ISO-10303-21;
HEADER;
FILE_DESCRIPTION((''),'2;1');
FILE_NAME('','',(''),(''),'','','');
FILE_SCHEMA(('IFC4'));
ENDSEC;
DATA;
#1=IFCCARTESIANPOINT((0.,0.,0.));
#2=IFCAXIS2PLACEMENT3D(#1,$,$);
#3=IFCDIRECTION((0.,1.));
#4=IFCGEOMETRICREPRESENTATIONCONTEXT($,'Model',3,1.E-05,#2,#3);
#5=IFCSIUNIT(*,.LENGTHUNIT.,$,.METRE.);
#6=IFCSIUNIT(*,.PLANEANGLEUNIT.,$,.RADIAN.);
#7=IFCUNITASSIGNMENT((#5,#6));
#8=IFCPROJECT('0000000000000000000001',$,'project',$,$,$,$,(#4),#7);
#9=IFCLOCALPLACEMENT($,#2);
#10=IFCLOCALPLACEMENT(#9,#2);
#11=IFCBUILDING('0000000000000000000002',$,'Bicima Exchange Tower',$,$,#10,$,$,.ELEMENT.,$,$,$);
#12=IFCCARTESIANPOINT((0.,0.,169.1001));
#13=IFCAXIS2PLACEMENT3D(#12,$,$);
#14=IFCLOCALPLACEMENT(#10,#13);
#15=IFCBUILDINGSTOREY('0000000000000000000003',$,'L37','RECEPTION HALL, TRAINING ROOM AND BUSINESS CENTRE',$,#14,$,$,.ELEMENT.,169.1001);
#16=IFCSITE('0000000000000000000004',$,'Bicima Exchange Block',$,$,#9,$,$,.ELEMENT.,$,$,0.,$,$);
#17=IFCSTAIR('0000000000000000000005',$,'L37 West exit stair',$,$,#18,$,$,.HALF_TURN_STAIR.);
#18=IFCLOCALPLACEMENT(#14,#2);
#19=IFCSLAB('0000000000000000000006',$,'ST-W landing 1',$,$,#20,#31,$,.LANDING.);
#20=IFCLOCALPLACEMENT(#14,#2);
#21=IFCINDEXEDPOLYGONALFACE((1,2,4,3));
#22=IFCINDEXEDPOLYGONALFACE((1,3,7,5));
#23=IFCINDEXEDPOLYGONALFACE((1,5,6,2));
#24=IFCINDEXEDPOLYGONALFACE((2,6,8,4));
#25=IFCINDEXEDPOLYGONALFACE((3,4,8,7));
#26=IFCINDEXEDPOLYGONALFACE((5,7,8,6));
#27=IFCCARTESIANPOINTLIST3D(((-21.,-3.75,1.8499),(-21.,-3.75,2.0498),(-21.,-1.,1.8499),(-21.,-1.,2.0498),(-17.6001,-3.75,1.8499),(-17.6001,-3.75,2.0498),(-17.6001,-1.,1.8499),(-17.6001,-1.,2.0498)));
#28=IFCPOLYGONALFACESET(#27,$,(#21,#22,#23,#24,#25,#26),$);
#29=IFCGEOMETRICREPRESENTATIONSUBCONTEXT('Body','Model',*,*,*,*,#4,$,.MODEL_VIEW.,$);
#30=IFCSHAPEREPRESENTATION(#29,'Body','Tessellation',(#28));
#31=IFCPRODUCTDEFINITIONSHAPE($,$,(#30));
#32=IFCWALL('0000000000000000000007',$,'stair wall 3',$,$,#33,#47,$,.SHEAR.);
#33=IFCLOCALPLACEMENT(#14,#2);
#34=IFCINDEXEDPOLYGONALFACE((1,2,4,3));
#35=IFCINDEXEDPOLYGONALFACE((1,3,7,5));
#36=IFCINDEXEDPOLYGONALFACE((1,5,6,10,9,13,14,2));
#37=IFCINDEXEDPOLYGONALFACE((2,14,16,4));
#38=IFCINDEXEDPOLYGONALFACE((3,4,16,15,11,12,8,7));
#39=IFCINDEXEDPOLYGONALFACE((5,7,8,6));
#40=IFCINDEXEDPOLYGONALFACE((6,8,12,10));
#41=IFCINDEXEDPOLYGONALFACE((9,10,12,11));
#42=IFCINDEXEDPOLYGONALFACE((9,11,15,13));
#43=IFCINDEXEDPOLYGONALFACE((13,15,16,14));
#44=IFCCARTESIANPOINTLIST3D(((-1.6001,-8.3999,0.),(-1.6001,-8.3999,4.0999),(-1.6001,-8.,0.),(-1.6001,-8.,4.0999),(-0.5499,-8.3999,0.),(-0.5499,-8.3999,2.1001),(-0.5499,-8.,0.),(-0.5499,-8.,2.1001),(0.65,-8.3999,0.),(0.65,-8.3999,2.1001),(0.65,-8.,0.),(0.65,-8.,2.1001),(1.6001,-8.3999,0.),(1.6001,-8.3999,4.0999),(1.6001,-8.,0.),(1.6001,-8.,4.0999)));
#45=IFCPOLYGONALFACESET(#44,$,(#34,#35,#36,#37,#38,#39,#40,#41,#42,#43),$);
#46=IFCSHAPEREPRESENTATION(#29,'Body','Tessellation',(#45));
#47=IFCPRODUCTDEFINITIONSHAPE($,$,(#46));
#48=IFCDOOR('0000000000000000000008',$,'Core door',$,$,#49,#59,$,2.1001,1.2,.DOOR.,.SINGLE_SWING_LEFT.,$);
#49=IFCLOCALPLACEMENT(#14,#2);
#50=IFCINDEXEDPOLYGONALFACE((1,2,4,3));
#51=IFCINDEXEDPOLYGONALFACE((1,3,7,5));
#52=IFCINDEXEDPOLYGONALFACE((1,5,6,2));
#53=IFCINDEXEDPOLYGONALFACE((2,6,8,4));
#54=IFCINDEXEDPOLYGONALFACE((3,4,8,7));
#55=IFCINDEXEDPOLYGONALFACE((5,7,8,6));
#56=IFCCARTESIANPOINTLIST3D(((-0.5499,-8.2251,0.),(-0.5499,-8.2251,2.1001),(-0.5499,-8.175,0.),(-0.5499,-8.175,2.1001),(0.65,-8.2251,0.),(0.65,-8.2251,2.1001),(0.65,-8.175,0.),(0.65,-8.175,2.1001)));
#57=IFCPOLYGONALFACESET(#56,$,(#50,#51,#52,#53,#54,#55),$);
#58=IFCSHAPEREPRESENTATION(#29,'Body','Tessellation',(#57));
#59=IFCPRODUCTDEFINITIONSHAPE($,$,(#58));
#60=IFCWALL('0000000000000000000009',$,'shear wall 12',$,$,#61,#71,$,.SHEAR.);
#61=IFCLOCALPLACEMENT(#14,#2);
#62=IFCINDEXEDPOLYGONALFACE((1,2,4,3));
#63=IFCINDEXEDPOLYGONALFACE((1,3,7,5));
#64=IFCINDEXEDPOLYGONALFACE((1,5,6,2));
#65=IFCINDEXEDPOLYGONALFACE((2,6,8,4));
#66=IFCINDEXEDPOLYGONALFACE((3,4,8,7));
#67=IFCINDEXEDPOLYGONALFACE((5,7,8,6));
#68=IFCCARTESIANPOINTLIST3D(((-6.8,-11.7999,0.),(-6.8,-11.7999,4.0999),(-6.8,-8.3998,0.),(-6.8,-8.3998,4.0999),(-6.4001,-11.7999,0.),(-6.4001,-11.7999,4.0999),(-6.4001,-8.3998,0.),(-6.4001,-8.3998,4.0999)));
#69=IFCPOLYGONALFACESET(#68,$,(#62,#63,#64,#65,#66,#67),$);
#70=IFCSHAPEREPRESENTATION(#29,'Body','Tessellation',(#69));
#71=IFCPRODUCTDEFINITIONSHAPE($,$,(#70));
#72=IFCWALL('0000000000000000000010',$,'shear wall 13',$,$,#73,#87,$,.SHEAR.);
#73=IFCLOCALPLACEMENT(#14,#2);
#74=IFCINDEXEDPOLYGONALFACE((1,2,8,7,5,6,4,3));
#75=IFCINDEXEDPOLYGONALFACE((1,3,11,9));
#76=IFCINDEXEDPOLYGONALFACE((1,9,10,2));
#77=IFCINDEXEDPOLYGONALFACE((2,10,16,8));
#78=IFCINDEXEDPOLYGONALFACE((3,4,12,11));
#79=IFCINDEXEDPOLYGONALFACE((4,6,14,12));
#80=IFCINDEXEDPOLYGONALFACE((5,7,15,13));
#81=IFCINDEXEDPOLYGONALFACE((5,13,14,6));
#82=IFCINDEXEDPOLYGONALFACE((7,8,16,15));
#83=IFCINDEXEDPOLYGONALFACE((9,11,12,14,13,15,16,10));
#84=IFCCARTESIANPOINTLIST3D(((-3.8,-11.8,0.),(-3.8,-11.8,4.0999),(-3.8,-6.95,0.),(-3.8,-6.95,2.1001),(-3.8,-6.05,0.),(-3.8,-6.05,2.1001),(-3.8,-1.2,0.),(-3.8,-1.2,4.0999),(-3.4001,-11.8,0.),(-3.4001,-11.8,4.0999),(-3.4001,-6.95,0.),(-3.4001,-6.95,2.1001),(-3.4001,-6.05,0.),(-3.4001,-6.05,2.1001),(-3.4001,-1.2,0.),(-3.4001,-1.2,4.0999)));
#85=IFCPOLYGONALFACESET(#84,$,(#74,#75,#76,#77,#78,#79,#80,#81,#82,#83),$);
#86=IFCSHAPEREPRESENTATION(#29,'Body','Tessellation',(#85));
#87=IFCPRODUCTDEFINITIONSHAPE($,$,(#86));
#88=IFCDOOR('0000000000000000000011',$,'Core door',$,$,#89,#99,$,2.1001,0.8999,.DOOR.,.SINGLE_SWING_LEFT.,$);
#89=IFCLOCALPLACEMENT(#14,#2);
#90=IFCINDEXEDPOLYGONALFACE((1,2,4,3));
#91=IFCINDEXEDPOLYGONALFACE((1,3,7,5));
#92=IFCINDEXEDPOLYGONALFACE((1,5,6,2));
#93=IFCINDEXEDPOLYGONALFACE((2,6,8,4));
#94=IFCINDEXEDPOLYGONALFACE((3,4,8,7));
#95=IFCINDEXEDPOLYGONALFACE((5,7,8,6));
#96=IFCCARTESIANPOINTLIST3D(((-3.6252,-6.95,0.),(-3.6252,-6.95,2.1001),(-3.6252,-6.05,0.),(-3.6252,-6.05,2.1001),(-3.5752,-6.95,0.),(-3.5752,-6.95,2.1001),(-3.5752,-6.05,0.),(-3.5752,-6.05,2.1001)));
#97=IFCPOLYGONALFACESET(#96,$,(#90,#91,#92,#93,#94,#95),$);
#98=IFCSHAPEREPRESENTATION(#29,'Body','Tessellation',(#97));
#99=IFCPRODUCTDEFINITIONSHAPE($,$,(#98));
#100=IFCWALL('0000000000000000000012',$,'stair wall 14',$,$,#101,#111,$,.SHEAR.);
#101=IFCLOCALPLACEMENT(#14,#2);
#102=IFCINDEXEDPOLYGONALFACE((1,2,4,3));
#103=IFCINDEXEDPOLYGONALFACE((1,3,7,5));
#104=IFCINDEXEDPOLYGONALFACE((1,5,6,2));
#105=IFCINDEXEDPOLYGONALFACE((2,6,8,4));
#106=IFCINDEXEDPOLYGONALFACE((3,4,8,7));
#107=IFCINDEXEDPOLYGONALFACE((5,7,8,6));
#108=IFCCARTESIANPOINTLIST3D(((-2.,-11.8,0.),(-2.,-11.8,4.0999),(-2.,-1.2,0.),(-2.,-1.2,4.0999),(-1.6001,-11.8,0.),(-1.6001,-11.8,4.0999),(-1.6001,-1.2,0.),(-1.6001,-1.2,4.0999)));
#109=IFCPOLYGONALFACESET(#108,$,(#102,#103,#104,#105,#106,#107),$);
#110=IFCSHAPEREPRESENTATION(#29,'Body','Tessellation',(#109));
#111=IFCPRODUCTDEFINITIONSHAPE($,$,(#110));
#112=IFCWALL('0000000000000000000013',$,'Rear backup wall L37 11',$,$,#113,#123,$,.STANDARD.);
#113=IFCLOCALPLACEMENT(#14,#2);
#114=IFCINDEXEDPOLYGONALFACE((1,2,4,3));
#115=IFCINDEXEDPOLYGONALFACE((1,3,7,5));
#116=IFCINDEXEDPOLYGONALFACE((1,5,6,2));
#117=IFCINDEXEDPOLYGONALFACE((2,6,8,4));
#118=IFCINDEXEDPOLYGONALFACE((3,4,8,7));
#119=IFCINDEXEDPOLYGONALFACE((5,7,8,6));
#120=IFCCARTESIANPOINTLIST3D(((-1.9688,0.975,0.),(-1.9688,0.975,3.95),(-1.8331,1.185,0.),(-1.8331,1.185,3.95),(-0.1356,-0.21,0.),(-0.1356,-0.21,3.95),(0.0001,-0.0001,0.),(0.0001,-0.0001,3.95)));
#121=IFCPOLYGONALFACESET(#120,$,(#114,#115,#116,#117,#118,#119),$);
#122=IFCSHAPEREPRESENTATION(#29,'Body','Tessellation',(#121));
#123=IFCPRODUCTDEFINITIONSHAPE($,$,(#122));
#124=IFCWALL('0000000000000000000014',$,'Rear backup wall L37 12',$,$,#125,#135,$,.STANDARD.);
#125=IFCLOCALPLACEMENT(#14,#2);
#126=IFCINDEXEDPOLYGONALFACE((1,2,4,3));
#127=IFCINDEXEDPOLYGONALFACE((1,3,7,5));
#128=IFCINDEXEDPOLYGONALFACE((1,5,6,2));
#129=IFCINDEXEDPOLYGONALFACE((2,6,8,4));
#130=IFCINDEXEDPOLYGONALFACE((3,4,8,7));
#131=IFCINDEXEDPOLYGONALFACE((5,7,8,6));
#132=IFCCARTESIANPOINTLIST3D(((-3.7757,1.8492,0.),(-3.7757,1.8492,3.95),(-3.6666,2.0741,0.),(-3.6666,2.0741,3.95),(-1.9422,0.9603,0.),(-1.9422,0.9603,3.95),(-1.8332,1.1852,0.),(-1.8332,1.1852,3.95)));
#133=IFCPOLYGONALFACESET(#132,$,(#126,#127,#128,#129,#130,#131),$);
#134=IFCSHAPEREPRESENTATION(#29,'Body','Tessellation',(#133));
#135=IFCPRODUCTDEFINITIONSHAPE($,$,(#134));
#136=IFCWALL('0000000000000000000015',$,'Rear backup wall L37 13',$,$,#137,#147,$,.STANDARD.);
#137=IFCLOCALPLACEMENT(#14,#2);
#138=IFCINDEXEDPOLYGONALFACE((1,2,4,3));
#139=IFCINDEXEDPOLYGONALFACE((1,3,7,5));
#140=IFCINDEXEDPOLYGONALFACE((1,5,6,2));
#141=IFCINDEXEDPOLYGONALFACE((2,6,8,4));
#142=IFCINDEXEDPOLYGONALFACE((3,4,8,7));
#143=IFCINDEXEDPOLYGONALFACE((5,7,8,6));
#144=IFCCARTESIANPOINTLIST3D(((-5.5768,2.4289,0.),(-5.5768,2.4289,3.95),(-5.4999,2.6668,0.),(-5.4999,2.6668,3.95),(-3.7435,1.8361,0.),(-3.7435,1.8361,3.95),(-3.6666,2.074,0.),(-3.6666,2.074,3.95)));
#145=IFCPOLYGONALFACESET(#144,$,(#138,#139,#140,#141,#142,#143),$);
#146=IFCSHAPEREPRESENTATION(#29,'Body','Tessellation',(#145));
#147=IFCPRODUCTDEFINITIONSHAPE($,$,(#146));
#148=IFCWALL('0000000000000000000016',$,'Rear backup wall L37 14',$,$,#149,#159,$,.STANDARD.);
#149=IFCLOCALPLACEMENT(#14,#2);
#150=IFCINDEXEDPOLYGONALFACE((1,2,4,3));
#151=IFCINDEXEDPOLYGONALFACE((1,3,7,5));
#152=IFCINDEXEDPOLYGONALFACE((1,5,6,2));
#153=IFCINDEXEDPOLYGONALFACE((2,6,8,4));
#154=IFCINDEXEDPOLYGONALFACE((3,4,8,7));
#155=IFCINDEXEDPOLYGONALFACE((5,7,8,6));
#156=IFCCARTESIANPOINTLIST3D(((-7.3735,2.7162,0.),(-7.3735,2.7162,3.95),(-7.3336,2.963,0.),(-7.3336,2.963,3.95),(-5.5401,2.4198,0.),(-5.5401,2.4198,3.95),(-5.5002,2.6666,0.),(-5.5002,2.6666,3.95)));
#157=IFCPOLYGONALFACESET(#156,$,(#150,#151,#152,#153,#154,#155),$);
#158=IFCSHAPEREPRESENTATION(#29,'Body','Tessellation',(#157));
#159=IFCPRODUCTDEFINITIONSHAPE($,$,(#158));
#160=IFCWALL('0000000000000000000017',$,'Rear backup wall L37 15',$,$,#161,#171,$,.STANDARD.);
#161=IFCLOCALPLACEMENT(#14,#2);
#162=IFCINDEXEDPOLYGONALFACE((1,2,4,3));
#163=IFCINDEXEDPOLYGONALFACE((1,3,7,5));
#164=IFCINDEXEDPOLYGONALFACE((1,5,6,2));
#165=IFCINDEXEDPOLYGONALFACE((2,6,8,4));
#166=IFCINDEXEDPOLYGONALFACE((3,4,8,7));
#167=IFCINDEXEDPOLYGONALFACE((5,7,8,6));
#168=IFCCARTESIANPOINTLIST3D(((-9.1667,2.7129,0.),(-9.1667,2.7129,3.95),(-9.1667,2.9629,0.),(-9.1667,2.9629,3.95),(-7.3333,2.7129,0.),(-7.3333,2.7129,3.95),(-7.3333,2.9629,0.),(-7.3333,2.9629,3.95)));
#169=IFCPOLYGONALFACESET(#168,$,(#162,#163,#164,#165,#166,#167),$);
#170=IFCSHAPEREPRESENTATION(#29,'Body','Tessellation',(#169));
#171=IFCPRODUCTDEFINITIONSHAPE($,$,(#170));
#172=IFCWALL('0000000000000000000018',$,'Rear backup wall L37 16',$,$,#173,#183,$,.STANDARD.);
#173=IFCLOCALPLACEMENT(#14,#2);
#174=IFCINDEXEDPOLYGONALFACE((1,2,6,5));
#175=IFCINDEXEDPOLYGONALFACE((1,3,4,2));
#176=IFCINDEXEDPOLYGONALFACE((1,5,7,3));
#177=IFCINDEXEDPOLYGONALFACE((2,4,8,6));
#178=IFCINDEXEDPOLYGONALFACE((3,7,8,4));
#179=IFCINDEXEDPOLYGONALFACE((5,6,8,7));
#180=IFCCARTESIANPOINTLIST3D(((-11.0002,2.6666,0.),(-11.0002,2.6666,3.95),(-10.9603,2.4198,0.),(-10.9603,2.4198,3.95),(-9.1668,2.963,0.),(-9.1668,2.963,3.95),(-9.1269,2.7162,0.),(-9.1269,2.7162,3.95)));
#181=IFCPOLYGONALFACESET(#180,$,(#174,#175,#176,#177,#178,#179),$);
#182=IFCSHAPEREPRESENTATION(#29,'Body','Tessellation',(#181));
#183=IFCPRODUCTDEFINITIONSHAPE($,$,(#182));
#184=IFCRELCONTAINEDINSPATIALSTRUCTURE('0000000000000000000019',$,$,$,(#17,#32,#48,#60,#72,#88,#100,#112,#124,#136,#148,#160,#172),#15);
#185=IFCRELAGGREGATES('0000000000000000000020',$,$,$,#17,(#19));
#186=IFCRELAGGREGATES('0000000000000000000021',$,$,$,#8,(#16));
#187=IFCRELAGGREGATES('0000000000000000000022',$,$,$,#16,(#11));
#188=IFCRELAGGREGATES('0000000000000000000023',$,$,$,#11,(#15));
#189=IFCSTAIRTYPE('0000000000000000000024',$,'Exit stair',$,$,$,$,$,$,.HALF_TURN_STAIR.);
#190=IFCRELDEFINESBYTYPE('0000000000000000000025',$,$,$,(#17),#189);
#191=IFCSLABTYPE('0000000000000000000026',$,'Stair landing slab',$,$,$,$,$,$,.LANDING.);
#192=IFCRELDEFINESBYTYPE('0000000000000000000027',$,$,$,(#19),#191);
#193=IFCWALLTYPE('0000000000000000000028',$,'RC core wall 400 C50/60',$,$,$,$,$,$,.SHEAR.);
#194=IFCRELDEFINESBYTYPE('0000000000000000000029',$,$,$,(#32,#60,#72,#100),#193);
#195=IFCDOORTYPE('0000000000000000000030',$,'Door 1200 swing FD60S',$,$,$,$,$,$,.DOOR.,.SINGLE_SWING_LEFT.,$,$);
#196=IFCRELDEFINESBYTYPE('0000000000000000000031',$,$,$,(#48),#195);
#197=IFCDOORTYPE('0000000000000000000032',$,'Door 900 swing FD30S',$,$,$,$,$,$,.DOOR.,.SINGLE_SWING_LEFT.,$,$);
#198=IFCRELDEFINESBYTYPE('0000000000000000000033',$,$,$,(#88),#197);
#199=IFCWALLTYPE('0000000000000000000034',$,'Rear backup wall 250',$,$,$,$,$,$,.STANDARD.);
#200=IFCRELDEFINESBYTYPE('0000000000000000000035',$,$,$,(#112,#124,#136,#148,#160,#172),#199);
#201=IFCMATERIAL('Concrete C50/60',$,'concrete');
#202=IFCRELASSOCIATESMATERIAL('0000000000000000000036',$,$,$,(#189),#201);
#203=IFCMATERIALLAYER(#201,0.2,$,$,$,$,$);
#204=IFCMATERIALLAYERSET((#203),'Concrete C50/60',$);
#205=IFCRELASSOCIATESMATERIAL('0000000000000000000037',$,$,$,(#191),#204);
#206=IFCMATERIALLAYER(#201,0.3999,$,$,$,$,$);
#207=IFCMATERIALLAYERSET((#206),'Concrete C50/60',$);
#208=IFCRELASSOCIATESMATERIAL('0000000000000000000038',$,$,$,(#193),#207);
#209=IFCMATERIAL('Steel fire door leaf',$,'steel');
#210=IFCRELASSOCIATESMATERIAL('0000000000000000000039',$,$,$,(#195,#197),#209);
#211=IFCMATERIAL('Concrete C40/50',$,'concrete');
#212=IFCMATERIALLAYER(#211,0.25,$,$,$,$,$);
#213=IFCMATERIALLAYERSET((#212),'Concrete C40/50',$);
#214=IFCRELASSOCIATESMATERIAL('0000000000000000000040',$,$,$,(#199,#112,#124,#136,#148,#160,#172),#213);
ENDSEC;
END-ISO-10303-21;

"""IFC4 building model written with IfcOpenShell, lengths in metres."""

from ifc_helpers import new_model, si_unit, direction, frame, frame_2d, origin, place, context, subcontext, project, spatial, polyline, rectangle, outline, extrude, material, layer, layer_set, layer_usage, type_object, element, fill, aggregate, save


model = new_model("IFC4")

# Units and contexts
model_context = context("Model", 3, precision=1e-05, world=origin(), true_north=direction((0.0, 1.0)))
body_context = subcontext(model_context, "Body", "Model", "MODEL_VIEW")
ifc_project = project(units=[si_unit("LENGTHUNIT", "METRE"), si_unit("PLANEANGLEUNIT", "RADIAN")], contexts=[model_context])

# Site, building, storey
site_placement = place(None, origin())
site = spatial("IfcSite", under=ifc_project, at=site_placement, Name="Bicima Exchange Block", CompositionType="ELEMENT", RefElevation=0.0)
building_placement = place(site_placement, origin())
building = spatial("IfcBuilding", under=site, at=building_placement, Name="Bicima Exchange Tower", CompositionType="ELEMENT")
storey_placement = place(building_placement, frame((0.0, 0.0, 169.1001)))
storey = spatial("IfcBuildingStorey", under=building, at=storey_placement, Name="L37", Description="RECEPTION HALL, TRAINING ROOM AND BUSINESS CENTRE", CompositionType="ELEMENT", Elevation=169.1001)

# Shared definitions
ifc_material_1 = material(Name="Concrete C40/50", Category="concrete")

# Stair, slab
ifc_material_2 = material(Name="Concrete C50/60", Category="concrete")
stair_type_1 = type_object("IfcStairType", Name="Exit stair", PredefinedType="HALF_TURN_STAIR", material=ifc_material_2)
stair_1_placement = place(storey_placement, origin())
stair_1 = element("IfcStair", 1, at=stair_1_placement, inside=storey, type_object=stair_type_1, Name="L37 West exit stair", PredefinedType="HALF_TURN_STAIR")
ifc_layer_1 = layer(ifc_material_2, 0.2)
ifc_layer_set_1 = layer_set([ifc_layer_1], Name="Concrete C50/60")
slab_type_1 = type_object("IfcSlabType", Name="Stair landing slab", PredefinedType="LANDING", material=ifc_layer_set_1)
slab_1_placement = place(storey_placement, frame((0.0, 0.0, 1.8499)))
slab_1 = element("IfcSlab", 2, at=slab_1_placement, type_object=slab_type_1, Name="ST-W landing 1", PredefinedType="LANDING", context=body_context, shape_type="SweptSolid", body=[
    extrude(outline(polyline([(-17.6001, -3.75), (-17.6001, -1.0), (-21.0, -1.0), (-21.0, -3.75), (-17.6001, -3.75)])), origin(), (0.0, 0.0, 1.0), 0.2),
])
aggregate(stair_1, [slab_1])

# Wall, opening, door
ifc_layer_2 = layer(ifc_material_2, 0.3999)
ifc_layer_set_2 = layer_set([ifc_layer_2], Name="Concrete C50/60")
wall_type_1 = type_object("IfcWallType", Name="RC core wall 400 C50/60", PredefinedType="SHEAR", material=ifc_layer_set_2)
wall_1_placement = place(storey_placement, frame((-1.6001, -8.2, 0.0), z_axis=(0.0, 0.0, 1.0), x_axis=(1.0, 0.0, 0.0)))
wall_1 = element("IfcWall", 3, at=wall_1_placement, inside=storey, type_object=wall_type_1, Name="stair wall 3", PredefinedType="SHEAR", context=body_context, shape_type="SweptSolid", body=[
    extrude(rectangle(XDim=3.2002, YDim=0.3999, at=frame_2d((1.6001, 0.0))), origin(), (0.0, 0.0, 1.0), 4.0999),
])
opening_1_placement = place(wall_1_placement, frame((1.05, 0.0, 0.0)))
opening_1 = element("IfcOpeningElement", 4, at=opening_1_placement, cuts=wall_1, PredefinedType="OPENING", context=body_context, shape_type="SweptSolid", body=[
    extrude(rectangle(XDim=1.2, YDim=2.1001, at=frame_2d((0.6001, 1.05))), frame((0.0, 0.2119, 0.0), z_axis=(0.0, -1.0, 0.0), x_axis=(1.0, 0.0, 0.0)), (0.0, 0.0, 1.0), 0.4238),
])
ifc_material_3 = material(Name="Steel fire door leaf", Category="steel")
door_type_1 = type_object("IfcDoorType", Name="Door 1200 swing FD60S", OperationType="SINGLE_SWING_LEFT", PredefinedType="DOOR", material=ifc_material_3)
door_1_placement = place(opening_1_placement, origin())
door_1 = element("IfcDoor", 5, at=door_1_placement, inside=storey, type_object=door_type_1, Name="Core door", OperationType="SINGLE_SWING_LEFT", OverallHeight=2.1001, OverallWidth=1.2, PredefinedType="DOOR", context=body_context, shape_type="SweptSolid", body=[
    extrude(rectangle(XDim=1.2, YDim=2.1001, at=frame_2d((0.6001, 1.05))), frame((0.0, 0.0249, 0.0), z_axis=(0.0, -1.0, 0.0), x_axis=(1.0, 0.0, 0.0)), (0.0, 0.0, 1.0), 0.05),
])
fill(opening_1, door_1)

# Wall
wall_2_placement = place(storey_placement, frame((-6.6001, -11.8, 0.0), z_axis=(0.0, 0.0, 1.0), x_axis=(0.0, 1.0, 0.0)))
element("IfcWall", 6, at=wall_2_placement, inside=storey, type_object=wall_type_1, Name="shear wall 12", PredefinedType="SHEAR", context=body_context, shape_type="SweptSolid", body=[
    extrude(rectangle(XDim=3.4001, YDim=0.3999, at=frame_2d((1.7002, 0.0))), origin(), (0.0, 0.0, 1.0), 4.0999),
])

# Wall, opening, door
wall_3_placement = place(storey_placement, frame((-3.6001, -11.8, 0.0), z_axis=(0.0, 0.0, 1.0), x_axis=(0.0, 1.0, 0.0)))
wall_3 = element("IfcWall", 7, at=wall_3_placement, inside=storey, type_object=wall_type_1, Name="shear wall 13", PredefinedType="SHEAR", context=body_context, shape_type="SweptSolid", body=[
    extrude(rectangle(XDim=10.6001, YDim=0.3999, at=frame_2d((5.3, 0.0))), origin(), (0.0, 0.0, 1.0), 4.0999),
])
opening_2_placement = place(wall_3_placement, frame((4.8501, 0.0, 0.0)))
opening_2 = element("IfcOpeningElement", 8, at=opening_2_placement, cuts=wall_3, PredefinedType="OPENING", context=body_context, shape_type="SweptSolid", body=[
    extrude(rectangle(XDim=0.8999, YDim=2.1001, at=frame_2d((0.45, 1.05))), frame((0.0, 0.2119, 0.0), z_axis=(0.0, -1.0, 0.0), x_axis=(1.0, 0.0, 0.0)), (0.0, 0.0, 1.0), 0.4238),
])
door_type_2 = type_object("IfcDoorType", Name="Door 900 swing FD30S", OperationType="SINGLE_SWING_LEFT", PredefinedType="DOOR", material=ifc_material_3)
door_2_placement = place(opening_2_placement, frame((0.8999, 0.0, 0.0), z_axis=(0.0, 0.0, 1.0), x_axis=(-1.0, 0.0, 0.0)))
door_2 = element("IfcDoor", 9, at=door_2_placement, inside=storey, type_object=door_type_2, Name="Core door", OperationType="SINGLE_SWING_LEFT", OverallHeight=2.1001, OverallWidth=0.8999, PredefinedType="DOOR", context=body_context, shape_type="SweptSolid", body=[
    extrude(rectangle(XDim=0.8999, YDim=2.1001, at=frame_2d((0.45, 1.05))), frame((0.0, 0.0249, 0.0), z_axis=(0.0, -1.0, 0.0), x_axis=(1.0, 0.0, 0.0)), (0.0, 0.0, 1.0), 0.05),
])
fill(opening_2, door_2)

# Walls
wall_4_placement = place(storey_placement, frame((-1.8, -11.8, 0.0), z_axis=(0.0, 0.0, 1.0), x_axis=(0.0, 1.0, 0.0)))
element("IfcWall", 10, at=wall_4_placement, inside=storey, type_object=wall_type_1, Name="stair wall 14", PredefinedType="SHEAR", context=body_context, shape_type="SweptSolid", body=[
    extrude(rectangle(XDim=10.6001, YDim=0.3999, at=frame_2d((5.3, 0.0))), origin(), (0.0, 0.0, 1.0), 4.0999),
])
ifc_layer_3 = layer(ifc_material_1, 0.25)
ifc_layer_set_3 = layer_set([ifc_layer_3], Name="Concrete C40/50")
ifc_layer_usage = layer_usage(ifc_layer_set_3, "AXIS2", "POSITIVE", -0.125)
wall_type_2 = type_object("IfcWallType", Name="Rear backup wall 250", PredefinedType="STANDARD", material=ifc_layer_set_3)
wall_5_placement = place(storey_placement, frame((-0.0679, -0.105, 0.0), z_axis=(0.0, 0.0, 1.0), x_axis=(-0.839813, 0.542876, 0.0)))
element("IfcWall", 11, at=wall_5_placement, inside=storey, type_object=wall_type_2, material=ifc_layer_usage, Name="Rear backup wall L37 11", PredefinedType="STANDARD", context=body_context, shape_type="SweptSolid", body=[
    extrude(rectangle(XDim=2.1829, YDim=0.25, at=frame_2d((1.0913, 0.0))), origin(), (0.0, 0.0, 1.0), 3.95),
])
wall_6_placement = place(storey_placement, frame((-1.8877, 1.0728, 0.0), z_axis=(0.0, 0.0, 1.0), x_axis=(-0.899824, 0.436253, 0.0)))
element("IfcWall", 12, at=wall_6_placement, inside=storey, type_object=wall_type_2, material=ifc_layer_usage, Name="Rear backup wall L37 12", PredefinedType="STANDARD", context=body_context, shape_type="SweptSolid", body=[
    extrude(rectangle(XDim=2.0376, YDim=0.25, at=frame_2d((1.0188, 0.0))), origin(), (0.0, 0.0, 1.0), 3.95),
])
wall_7_placement = place(storey_placement, frame((-3.7051, 1.9551, 0.0), z_axis=(0.0, 0.0, 1.0), x_axis=(-0.951496, 0.307662, 0.0)))
element("IfcWall", 13, at=wall_7_placement, inside=storey, type_object=wall_type_2, material=ifc_layer_usage, Name="Rear backup wall L37 13", PredefinedType="STANDARD", context=body_context, shape_type="SweptSolid", body=[
    extrude(rectangle(XDim=1.9268, YDim=0.25, at=frame_2d((0.9634, 0.0))), origin(), (0.0, 0.0, 1.0), 3.95),
])
wall_8_placement = place(storey_placement, frame((-5.52, 2.5432, 0.0), z_axis=(0.0, 0.0, 1.0), x_axis=(-0.987182, 0.1596, 0.0)))
element("IfcWall", 14, at=wall_8_placement, inside=storey, type_object=wall_type_2, material=ifc_layer_usage, Name="Rear backup wall L37 14", PredefinedType="STANDARD", context=body_context, shape_type="SweptSolid", body=[
    extrude(rectangle(XDim=1.8572, YDim=0.25, at=frame_2d((0.9287, 0.0))), origin(), (0.0, 0.0, 1.0), 3.95),
])
wall_9_placement = place(storey_placement, frame((-7.3333, 2.8379, 0.0), z_axis=(0.0, 0.0, 1.0), x_axis=(-1.0, 0.0, 0.0)))
element("IfcWall", 15, at=wall_9_placement, inside=storey, type_object=wall_type_2, material=ifc_layer_usage, Name="Rear backup wall L37 15", PredefinedType="STANDARD", context=body_context, shape_type="SweptSolid", body=[
    extrude(rectangle(XDim=1.8335, YDim=0.25, at=frame_2d((0.9167, 0.0))), origin(), (0.0, 0.0, 1.0), 3.95),
])
wall_10_placement = place(storey_placement, frame((-9.1467, 2.8396, 0.0), z_axis=(0.0, 0.0, 1.0), x_axis=(-0.987182, -0.1596, 0.0)))
element("IfcWall", 16, at=wall_10_placement, inside=storey, type_object=wall_type_2, material=ifc_layer_usage, Name="Rear backup wall L37 16", PredefinedType="STANDARD", context=body_context, shape_type="SweptSolid", body=[
    extrude(rectangle(XDim=1.8572, YDim=0.25, at=frame_2d((0.9287, 0.0))), origin(), (0.0, 0.0, 1.0), 3.95),
])

save(model, "model.ifc")
